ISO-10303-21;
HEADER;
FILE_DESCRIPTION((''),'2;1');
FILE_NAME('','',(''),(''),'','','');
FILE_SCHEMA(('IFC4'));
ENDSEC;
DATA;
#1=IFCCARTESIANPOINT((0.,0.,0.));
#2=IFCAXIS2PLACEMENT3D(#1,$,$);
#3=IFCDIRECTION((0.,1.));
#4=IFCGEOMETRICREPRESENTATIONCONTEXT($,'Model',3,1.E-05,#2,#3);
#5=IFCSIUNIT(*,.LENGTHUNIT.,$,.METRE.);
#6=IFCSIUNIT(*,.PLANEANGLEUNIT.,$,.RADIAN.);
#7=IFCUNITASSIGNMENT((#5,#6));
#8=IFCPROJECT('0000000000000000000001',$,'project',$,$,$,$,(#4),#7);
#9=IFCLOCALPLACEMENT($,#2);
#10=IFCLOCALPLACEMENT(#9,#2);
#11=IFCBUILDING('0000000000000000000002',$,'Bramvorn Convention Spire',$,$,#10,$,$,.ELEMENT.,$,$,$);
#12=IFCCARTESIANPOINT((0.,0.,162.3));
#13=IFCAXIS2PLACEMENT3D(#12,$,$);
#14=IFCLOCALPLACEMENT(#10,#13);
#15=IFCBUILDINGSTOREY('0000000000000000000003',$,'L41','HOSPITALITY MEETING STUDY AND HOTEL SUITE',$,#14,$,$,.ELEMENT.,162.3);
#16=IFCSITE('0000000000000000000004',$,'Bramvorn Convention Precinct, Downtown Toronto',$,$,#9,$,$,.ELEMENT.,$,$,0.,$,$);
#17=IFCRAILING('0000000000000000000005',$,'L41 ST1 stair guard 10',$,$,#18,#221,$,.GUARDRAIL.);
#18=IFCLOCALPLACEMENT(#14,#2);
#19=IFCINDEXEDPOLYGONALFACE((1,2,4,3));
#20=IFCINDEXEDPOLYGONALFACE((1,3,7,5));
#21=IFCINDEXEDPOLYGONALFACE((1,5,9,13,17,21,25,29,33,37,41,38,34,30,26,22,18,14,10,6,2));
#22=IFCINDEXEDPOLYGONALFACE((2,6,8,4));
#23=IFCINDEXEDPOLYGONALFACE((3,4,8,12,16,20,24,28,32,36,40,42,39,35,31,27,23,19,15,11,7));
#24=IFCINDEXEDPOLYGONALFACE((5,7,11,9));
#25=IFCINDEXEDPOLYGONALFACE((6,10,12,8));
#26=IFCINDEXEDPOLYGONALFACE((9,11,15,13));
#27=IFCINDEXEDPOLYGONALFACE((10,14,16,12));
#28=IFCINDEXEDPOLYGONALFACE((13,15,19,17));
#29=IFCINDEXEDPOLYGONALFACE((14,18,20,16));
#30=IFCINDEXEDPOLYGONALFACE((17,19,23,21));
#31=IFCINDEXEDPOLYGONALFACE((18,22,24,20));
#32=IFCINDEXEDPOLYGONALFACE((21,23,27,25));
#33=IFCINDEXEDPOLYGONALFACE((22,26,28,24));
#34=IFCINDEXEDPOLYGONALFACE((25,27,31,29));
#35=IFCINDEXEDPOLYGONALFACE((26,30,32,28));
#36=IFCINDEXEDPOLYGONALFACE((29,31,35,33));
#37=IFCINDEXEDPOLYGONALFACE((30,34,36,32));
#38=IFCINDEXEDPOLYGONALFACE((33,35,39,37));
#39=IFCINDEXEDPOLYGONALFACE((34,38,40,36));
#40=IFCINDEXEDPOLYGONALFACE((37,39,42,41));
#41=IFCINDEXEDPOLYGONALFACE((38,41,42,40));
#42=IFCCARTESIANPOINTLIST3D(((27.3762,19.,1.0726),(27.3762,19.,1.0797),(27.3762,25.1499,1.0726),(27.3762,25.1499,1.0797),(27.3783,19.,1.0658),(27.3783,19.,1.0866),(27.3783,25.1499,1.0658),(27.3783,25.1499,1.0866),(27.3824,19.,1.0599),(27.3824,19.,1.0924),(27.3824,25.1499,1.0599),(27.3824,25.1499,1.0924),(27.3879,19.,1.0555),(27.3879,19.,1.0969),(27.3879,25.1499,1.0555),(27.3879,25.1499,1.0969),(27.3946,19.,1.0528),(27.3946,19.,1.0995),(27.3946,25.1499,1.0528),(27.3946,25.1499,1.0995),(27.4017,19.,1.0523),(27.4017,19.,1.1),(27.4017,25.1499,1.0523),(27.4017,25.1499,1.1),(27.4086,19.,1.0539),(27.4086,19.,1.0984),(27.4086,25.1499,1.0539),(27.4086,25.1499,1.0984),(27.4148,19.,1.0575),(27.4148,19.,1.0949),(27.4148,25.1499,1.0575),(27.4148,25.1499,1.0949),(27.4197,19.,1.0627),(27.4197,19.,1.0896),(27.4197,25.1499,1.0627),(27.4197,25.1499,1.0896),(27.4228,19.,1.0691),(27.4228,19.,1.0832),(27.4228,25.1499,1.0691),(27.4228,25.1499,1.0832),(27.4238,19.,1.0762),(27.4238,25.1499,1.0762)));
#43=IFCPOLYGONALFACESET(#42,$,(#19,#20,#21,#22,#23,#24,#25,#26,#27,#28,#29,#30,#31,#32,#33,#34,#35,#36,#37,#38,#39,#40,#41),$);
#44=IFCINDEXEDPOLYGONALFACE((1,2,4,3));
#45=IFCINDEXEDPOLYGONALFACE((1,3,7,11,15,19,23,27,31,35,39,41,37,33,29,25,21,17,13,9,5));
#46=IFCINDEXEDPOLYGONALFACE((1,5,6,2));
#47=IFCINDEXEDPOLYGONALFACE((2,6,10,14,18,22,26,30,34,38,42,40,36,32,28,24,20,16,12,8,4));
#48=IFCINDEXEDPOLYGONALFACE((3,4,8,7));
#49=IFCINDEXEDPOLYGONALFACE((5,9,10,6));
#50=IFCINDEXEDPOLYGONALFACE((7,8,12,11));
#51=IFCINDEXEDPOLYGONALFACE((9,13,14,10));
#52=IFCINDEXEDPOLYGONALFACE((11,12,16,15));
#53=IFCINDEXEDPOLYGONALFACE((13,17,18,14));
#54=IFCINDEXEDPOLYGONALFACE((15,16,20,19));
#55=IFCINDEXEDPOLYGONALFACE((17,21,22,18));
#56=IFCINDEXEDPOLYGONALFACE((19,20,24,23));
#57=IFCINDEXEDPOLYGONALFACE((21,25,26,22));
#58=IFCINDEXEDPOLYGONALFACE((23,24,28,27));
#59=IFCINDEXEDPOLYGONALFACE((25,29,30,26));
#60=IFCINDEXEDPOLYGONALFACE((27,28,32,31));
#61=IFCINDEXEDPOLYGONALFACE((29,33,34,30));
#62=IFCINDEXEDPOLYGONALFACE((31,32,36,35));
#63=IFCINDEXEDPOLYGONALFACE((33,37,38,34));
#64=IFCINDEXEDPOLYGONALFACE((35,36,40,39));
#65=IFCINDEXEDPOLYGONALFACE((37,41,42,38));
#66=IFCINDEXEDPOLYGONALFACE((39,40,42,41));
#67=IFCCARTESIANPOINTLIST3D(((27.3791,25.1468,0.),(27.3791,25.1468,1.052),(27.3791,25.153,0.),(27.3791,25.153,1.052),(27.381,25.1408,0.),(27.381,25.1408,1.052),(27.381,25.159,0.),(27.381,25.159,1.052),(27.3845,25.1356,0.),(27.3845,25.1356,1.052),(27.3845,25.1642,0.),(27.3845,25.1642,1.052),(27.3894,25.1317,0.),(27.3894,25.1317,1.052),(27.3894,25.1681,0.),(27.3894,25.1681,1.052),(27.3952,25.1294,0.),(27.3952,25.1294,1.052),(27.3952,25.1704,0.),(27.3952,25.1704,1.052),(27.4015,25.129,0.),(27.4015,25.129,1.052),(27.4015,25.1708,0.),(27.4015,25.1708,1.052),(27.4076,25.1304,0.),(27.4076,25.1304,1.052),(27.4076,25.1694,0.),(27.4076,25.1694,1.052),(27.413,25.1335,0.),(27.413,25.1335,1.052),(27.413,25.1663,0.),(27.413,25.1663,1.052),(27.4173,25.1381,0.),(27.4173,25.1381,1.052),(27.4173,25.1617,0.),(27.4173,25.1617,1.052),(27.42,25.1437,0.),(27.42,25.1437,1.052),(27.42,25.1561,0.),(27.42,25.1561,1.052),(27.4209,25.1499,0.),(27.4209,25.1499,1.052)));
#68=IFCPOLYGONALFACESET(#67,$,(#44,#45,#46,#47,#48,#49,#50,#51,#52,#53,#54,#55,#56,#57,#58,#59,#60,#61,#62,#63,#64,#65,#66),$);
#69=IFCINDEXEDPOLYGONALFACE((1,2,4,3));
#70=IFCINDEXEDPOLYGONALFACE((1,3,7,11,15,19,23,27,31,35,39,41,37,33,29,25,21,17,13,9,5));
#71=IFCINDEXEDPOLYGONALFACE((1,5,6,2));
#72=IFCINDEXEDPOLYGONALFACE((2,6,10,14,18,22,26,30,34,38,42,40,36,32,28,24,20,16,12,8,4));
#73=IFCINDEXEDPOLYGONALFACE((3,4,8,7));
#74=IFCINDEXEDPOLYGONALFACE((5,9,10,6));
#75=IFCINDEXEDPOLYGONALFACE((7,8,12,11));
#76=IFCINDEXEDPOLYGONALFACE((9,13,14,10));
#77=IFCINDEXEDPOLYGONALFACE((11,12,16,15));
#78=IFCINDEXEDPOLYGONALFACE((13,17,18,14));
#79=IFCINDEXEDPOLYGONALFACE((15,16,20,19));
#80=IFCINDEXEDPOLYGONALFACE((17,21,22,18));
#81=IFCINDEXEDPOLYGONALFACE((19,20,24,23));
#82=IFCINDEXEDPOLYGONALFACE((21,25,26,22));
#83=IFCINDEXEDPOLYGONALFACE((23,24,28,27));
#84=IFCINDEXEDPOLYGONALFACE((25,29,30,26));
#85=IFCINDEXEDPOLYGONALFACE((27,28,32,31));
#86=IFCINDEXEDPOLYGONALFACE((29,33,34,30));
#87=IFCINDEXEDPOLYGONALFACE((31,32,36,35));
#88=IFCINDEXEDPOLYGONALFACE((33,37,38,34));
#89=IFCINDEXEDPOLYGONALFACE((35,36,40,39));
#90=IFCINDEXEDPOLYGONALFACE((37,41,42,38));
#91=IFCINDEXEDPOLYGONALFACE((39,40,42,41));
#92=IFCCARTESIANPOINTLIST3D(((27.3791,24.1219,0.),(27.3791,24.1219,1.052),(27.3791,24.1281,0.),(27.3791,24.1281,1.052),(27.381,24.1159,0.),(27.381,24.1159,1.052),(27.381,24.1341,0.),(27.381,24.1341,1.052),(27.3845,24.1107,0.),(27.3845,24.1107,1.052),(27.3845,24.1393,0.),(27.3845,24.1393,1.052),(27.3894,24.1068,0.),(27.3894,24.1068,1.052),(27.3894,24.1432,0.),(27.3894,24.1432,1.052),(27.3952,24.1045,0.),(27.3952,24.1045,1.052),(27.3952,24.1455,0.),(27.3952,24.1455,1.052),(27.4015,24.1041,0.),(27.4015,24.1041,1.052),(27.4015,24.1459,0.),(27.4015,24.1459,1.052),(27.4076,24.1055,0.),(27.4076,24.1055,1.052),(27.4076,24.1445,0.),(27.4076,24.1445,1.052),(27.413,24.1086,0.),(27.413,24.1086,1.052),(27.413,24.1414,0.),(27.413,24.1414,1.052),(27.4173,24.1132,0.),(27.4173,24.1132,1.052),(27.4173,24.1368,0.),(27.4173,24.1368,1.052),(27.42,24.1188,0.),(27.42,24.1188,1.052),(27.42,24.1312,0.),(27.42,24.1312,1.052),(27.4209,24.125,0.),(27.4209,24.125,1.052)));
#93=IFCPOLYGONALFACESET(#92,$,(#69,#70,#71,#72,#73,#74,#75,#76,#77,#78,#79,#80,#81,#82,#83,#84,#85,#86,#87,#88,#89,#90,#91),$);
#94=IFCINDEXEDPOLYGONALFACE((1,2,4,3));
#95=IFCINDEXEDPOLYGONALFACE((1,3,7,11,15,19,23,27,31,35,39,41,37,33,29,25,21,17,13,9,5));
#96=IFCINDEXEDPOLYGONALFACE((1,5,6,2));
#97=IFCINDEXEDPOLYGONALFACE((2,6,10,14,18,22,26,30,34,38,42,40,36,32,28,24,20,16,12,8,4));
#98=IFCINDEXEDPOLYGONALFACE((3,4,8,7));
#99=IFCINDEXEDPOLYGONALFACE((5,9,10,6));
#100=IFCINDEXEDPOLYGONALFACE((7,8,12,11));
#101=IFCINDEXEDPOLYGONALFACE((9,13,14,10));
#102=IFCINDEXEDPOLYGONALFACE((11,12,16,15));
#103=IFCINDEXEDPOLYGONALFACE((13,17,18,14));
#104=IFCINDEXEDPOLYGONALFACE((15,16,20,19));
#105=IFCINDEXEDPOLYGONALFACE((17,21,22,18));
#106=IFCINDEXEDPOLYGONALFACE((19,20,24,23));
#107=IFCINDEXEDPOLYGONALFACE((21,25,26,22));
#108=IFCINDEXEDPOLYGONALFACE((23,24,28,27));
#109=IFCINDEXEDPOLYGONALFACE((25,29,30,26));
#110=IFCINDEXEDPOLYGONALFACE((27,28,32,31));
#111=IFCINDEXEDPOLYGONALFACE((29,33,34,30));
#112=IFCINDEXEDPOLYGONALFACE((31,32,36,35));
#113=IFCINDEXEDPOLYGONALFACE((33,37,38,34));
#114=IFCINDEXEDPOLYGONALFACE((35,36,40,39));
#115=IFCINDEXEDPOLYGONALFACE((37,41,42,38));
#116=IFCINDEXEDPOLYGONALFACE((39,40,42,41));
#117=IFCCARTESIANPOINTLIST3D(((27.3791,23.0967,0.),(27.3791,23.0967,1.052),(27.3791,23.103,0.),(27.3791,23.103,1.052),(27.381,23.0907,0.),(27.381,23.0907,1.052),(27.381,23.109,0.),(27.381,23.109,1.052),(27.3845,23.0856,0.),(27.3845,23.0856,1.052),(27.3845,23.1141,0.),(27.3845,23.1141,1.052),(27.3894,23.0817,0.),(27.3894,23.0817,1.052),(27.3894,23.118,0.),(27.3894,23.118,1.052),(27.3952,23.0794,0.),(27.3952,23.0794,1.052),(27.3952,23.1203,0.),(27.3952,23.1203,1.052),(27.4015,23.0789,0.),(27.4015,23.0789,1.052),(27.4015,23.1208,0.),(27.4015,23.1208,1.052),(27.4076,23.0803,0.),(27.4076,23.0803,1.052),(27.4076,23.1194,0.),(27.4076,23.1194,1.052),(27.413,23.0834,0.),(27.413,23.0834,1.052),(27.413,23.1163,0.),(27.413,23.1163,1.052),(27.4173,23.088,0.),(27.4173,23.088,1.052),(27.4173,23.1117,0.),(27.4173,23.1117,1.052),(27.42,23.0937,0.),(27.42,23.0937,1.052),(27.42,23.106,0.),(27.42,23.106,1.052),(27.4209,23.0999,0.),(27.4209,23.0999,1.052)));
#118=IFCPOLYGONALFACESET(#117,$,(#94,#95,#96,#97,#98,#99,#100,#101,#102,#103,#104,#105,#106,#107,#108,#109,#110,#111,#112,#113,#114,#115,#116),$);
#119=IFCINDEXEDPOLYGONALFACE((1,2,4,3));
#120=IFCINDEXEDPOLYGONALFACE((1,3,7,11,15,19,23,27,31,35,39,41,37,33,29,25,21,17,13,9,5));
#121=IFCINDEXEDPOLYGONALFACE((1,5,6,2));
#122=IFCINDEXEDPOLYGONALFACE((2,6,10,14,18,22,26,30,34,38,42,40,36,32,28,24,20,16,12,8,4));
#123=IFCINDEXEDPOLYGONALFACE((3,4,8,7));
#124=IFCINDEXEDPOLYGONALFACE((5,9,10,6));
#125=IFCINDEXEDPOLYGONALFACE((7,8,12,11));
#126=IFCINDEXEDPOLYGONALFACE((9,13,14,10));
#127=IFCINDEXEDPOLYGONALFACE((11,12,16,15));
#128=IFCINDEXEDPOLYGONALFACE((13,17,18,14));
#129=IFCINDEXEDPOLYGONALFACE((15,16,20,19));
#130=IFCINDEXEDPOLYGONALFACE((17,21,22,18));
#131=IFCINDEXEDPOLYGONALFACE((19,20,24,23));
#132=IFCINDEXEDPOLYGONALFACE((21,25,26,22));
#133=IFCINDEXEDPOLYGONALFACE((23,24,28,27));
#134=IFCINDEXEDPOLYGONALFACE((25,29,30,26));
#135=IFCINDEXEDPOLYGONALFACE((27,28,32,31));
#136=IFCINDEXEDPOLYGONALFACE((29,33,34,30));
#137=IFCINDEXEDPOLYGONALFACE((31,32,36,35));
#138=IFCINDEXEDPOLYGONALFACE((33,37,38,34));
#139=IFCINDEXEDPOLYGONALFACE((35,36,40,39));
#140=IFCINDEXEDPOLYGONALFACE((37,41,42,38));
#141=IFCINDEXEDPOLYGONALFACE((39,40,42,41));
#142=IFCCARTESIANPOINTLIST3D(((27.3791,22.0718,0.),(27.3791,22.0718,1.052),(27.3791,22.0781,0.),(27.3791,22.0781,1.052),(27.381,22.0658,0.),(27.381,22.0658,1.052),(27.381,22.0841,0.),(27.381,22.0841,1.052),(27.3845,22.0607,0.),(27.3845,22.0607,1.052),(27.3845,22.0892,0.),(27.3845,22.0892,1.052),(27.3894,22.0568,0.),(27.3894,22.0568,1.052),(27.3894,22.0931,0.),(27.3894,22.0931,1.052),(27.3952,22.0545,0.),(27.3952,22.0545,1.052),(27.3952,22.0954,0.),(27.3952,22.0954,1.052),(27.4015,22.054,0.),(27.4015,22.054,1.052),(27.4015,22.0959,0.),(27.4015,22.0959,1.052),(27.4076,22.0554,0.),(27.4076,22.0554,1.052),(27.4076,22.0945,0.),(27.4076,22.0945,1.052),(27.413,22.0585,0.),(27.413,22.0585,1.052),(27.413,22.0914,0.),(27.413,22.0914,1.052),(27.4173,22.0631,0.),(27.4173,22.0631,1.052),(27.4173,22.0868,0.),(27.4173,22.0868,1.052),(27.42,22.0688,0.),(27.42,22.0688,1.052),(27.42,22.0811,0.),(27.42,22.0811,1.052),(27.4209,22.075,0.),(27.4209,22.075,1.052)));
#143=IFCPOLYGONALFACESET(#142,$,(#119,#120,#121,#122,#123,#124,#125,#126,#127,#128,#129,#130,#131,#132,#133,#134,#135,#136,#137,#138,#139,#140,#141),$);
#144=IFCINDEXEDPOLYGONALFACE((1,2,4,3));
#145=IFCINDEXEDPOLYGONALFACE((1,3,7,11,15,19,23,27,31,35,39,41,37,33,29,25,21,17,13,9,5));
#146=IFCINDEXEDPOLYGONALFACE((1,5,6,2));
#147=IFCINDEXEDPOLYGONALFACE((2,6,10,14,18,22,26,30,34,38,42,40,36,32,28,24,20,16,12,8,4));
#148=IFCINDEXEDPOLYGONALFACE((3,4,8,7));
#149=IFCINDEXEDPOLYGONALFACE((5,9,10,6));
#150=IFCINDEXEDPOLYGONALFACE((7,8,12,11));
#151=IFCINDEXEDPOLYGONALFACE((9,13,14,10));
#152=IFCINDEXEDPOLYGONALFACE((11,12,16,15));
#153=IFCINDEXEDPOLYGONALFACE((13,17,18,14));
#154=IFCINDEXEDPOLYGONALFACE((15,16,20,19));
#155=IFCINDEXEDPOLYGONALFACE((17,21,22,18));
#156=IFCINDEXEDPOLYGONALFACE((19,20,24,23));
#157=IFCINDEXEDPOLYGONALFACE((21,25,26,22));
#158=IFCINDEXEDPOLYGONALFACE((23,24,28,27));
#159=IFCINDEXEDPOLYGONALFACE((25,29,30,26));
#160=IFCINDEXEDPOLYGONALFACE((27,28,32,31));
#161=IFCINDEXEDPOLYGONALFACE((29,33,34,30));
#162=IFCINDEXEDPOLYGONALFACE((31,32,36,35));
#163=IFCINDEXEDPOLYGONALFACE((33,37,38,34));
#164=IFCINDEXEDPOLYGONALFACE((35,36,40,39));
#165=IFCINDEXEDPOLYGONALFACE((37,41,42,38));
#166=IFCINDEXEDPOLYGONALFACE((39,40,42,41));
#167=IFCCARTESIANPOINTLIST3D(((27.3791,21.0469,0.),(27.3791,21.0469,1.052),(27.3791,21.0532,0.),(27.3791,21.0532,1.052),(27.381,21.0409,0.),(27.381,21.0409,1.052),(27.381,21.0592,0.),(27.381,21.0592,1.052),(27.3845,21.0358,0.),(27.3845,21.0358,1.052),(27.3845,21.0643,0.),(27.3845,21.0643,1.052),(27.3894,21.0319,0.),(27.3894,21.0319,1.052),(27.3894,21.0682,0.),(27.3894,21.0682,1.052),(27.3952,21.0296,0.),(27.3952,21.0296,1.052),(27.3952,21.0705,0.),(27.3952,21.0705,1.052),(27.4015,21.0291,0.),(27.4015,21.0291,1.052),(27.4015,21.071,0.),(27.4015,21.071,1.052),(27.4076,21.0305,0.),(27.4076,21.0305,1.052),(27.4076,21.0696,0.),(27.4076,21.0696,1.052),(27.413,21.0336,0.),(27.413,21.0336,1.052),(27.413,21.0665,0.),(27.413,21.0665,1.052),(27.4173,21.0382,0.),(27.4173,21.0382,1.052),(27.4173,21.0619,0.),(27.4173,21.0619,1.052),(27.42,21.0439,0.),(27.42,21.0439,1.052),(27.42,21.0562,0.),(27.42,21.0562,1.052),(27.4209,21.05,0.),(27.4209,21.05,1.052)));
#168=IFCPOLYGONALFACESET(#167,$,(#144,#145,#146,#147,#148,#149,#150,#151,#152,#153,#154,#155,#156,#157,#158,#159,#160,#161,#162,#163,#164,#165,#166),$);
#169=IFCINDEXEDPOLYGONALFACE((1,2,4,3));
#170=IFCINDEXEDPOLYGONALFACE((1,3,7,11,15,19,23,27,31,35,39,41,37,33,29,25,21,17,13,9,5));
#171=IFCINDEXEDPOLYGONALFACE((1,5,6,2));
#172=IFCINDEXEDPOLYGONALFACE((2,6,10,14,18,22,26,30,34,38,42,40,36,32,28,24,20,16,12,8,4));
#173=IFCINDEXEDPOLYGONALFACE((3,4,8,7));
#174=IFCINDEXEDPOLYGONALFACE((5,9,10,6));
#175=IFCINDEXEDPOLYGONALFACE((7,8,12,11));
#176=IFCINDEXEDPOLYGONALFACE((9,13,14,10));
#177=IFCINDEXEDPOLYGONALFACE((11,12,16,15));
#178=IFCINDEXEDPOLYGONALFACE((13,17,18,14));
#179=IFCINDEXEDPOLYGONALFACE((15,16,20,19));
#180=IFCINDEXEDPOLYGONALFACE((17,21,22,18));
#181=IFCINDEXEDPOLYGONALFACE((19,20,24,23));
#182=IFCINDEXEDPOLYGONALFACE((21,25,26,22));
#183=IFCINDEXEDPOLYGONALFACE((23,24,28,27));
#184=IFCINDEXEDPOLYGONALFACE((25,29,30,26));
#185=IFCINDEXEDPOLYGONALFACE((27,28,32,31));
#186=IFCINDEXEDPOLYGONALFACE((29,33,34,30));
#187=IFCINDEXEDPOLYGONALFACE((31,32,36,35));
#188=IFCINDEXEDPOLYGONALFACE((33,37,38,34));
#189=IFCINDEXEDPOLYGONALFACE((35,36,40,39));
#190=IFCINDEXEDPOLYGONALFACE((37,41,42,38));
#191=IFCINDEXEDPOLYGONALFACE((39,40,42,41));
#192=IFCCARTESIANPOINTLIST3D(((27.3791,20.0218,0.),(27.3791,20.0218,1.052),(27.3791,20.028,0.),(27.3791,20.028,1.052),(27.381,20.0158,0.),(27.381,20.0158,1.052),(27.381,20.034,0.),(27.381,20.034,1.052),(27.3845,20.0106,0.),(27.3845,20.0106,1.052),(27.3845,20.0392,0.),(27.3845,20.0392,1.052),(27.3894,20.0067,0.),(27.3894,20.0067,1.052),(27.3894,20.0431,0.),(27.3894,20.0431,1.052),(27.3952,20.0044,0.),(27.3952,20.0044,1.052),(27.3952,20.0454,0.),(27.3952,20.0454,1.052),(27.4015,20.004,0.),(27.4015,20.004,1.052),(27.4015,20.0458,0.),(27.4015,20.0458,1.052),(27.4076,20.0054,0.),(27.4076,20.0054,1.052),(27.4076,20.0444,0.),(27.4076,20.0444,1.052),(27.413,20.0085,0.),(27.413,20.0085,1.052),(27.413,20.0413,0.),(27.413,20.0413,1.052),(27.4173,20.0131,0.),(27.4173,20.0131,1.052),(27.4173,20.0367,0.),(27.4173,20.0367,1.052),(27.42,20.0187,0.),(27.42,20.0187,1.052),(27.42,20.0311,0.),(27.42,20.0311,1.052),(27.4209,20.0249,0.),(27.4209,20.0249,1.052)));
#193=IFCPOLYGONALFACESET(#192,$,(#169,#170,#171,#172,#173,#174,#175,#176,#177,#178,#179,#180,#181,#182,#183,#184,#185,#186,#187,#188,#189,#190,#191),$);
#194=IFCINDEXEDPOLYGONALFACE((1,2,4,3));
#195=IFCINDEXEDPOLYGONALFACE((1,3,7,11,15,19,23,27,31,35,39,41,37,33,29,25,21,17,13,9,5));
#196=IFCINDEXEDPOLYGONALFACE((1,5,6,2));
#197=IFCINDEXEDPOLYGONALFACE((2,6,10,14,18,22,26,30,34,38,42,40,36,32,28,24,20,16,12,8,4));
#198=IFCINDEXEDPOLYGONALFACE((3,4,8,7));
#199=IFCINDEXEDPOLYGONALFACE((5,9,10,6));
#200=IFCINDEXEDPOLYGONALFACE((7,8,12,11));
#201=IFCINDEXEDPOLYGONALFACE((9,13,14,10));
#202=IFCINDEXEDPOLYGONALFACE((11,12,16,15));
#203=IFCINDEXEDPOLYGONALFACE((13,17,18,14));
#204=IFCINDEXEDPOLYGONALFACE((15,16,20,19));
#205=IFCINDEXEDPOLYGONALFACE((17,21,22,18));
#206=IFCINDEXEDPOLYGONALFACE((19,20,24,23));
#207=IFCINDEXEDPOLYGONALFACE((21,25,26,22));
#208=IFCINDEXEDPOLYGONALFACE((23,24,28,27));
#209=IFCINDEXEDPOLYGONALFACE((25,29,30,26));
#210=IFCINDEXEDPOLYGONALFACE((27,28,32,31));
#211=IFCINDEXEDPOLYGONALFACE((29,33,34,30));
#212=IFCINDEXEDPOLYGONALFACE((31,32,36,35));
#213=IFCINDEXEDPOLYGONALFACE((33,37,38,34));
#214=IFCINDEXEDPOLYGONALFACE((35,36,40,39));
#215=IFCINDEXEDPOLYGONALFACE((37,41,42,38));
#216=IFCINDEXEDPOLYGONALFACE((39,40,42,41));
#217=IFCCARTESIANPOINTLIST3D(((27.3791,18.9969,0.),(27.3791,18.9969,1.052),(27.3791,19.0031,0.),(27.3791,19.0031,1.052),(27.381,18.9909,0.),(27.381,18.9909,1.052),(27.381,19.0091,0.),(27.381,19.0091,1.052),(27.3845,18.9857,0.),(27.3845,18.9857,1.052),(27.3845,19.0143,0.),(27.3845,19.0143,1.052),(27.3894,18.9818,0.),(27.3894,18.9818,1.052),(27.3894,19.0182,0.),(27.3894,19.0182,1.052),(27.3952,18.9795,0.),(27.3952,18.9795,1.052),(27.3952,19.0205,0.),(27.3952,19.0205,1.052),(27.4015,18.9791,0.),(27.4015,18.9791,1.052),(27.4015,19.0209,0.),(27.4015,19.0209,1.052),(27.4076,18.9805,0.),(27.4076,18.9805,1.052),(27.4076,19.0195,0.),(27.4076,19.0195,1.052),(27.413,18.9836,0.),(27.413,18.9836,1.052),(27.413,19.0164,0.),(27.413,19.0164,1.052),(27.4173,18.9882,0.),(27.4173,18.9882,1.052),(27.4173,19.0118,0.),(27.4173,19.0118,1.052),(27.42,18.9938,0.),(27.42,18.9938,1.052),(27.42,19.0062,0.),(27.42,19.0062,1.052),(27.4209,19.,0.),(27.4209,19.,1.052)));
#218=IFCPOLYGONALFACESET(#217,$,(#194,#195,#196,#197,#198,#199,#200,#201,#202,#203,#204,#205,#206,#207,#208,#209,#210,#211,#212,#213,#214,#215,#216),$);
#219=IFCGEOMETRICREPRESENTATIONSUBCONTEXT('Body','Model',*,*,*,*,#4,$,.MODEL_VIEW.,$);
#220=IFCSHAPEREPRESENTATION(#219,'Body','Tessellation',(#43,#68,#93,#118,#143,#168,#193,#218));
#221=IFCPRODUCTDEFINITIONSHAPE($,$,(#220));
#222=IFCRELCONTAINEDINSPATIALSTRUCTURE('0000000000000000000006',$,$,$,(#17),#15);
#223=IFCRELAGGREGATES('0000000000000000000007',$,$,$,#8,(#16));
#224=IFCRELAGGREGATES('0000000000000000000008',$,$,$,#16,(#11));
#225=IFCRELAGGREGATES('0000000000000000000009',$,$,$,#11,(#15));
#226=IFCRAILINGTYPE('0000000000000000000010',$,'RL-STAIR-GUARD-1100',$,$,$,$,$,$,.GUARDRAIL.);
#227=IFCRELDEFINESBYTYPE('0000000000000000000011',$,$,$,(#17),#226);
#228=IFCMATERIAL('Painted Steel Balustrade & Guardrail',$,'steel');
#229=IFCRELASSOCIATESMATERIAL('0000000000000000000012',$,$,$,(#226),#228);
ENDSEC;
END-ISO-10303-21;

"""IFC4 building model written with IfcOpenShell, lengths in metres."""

from ifc_helpers import new_model, si_unit, direction, frame, origin, origin_2d, place, context, subcontext, project, spatial, circle, extrude, material, type_object, element, save


model = new_model("IFC4")

# Units and contexts
model_context = context("Model", 3, precision=1e-05, world=origin(), true_north=direction((0.0, 1.0)))
body_context = subcontext(model_context, "Body", "Model", "MODEL_VIEW")
ifc_project = project(units=[si_unit("LENGTHUNIT", "METRE"), si_unit("PLANEANGLEUNIT", "RADIAN")], contexts=[model_context])

# Site, building, storey
site_placement = place(None, origin())
site = spatial("IfcSite", under=ifc_project, at=site_placement, Name="Bramvorn Convention Precinct, Downtown Toronto", CompositionType="ELEMENT", RefElevation=0.0)
building_placement = place(site_placement, origin())
building = spatial("IfcBuilding", under=site, at=building_placement, Name="Bramvorn Convention Spire", CompositionType="ELEMENT")
storey_placement = place(building_placement, frame((0.0, 0.0, 162.3)))
storey = spatial("IfcBuildingStorey", under=building, at=storey_placement, Name="L41", Description="HOSPITALITY MEETING STUDY AND HOTEL SUITE", CompositionType="ELEMENT", Elevation=162.3)

# Railing
ifc_material_1 = material(Name="Painted Steel Balustrade & Guardrail", Category="steel")
railing_type = type_object("IfcRailingType", Name="RL-STAIR-GUARD-1100", PredefinedType="GUARDRAIL", material=ifc_material_1)
railing_1_placement = place(storey_placement, frame((27.3999, 25.1499, 0.0)))
element("IfcRailing", 1, at=railing_1_placement, inside=storey, type_object=railing_type, Name="L41 ST1 stair guard 10", PredefinedType="GUARDRAIL", context=body_context, shape_type="SweptSolid", body=[
    extrude(circle(Radius=0.0239, at=origin_2d()), frame((0.0, 0.0, 1.0762), z_axis=(0.0, -1.0, 0.0), x_axis=(1.0, 0.0, 0.0)), (0.0, 0.0, 1.0), 6.1499),
    extrude(circle(Radius=0.021, at=origin_2d()), origin(), (0.0, 0.0, 1.0), 1.052),
    extrude(circle(Radius=0.021, at=origin_2d()), frame((0.0, -1.0249, 0.0)), (0.0, 0.0, 1.0), 1.052),
    extrude(circle(Radius=0.021, at=origin_2d()), frame((0.0, -2.05, 0.0)), (0.0, 0.0, 1.0), 1.052),
    extrude(circle(Radius=0.021, at=origin_2d()), frame((0.0, -3.075, 0.0)), (0.0, 0.0, 1.0), 1.052),
    extrude(circle(Radius=0.021, at=origin_2d()), frame((0.0, -4.0999, 0.0)), (0.0, 0.0, 1.0), 1.052),
    extrude(circle(Radius=0.021, at=origin_2d()), frame((0.0, -5.125, 0.0)), (0.0, 0.0, 1.0), 1.052),
    extrude(circle(Radius=0.021, at=origin_2d()), frame((0.0, -6.1499, 0.0)), (0.0, 0.0, 1.0), 1.052),
])

save(model, "model.ifc")
